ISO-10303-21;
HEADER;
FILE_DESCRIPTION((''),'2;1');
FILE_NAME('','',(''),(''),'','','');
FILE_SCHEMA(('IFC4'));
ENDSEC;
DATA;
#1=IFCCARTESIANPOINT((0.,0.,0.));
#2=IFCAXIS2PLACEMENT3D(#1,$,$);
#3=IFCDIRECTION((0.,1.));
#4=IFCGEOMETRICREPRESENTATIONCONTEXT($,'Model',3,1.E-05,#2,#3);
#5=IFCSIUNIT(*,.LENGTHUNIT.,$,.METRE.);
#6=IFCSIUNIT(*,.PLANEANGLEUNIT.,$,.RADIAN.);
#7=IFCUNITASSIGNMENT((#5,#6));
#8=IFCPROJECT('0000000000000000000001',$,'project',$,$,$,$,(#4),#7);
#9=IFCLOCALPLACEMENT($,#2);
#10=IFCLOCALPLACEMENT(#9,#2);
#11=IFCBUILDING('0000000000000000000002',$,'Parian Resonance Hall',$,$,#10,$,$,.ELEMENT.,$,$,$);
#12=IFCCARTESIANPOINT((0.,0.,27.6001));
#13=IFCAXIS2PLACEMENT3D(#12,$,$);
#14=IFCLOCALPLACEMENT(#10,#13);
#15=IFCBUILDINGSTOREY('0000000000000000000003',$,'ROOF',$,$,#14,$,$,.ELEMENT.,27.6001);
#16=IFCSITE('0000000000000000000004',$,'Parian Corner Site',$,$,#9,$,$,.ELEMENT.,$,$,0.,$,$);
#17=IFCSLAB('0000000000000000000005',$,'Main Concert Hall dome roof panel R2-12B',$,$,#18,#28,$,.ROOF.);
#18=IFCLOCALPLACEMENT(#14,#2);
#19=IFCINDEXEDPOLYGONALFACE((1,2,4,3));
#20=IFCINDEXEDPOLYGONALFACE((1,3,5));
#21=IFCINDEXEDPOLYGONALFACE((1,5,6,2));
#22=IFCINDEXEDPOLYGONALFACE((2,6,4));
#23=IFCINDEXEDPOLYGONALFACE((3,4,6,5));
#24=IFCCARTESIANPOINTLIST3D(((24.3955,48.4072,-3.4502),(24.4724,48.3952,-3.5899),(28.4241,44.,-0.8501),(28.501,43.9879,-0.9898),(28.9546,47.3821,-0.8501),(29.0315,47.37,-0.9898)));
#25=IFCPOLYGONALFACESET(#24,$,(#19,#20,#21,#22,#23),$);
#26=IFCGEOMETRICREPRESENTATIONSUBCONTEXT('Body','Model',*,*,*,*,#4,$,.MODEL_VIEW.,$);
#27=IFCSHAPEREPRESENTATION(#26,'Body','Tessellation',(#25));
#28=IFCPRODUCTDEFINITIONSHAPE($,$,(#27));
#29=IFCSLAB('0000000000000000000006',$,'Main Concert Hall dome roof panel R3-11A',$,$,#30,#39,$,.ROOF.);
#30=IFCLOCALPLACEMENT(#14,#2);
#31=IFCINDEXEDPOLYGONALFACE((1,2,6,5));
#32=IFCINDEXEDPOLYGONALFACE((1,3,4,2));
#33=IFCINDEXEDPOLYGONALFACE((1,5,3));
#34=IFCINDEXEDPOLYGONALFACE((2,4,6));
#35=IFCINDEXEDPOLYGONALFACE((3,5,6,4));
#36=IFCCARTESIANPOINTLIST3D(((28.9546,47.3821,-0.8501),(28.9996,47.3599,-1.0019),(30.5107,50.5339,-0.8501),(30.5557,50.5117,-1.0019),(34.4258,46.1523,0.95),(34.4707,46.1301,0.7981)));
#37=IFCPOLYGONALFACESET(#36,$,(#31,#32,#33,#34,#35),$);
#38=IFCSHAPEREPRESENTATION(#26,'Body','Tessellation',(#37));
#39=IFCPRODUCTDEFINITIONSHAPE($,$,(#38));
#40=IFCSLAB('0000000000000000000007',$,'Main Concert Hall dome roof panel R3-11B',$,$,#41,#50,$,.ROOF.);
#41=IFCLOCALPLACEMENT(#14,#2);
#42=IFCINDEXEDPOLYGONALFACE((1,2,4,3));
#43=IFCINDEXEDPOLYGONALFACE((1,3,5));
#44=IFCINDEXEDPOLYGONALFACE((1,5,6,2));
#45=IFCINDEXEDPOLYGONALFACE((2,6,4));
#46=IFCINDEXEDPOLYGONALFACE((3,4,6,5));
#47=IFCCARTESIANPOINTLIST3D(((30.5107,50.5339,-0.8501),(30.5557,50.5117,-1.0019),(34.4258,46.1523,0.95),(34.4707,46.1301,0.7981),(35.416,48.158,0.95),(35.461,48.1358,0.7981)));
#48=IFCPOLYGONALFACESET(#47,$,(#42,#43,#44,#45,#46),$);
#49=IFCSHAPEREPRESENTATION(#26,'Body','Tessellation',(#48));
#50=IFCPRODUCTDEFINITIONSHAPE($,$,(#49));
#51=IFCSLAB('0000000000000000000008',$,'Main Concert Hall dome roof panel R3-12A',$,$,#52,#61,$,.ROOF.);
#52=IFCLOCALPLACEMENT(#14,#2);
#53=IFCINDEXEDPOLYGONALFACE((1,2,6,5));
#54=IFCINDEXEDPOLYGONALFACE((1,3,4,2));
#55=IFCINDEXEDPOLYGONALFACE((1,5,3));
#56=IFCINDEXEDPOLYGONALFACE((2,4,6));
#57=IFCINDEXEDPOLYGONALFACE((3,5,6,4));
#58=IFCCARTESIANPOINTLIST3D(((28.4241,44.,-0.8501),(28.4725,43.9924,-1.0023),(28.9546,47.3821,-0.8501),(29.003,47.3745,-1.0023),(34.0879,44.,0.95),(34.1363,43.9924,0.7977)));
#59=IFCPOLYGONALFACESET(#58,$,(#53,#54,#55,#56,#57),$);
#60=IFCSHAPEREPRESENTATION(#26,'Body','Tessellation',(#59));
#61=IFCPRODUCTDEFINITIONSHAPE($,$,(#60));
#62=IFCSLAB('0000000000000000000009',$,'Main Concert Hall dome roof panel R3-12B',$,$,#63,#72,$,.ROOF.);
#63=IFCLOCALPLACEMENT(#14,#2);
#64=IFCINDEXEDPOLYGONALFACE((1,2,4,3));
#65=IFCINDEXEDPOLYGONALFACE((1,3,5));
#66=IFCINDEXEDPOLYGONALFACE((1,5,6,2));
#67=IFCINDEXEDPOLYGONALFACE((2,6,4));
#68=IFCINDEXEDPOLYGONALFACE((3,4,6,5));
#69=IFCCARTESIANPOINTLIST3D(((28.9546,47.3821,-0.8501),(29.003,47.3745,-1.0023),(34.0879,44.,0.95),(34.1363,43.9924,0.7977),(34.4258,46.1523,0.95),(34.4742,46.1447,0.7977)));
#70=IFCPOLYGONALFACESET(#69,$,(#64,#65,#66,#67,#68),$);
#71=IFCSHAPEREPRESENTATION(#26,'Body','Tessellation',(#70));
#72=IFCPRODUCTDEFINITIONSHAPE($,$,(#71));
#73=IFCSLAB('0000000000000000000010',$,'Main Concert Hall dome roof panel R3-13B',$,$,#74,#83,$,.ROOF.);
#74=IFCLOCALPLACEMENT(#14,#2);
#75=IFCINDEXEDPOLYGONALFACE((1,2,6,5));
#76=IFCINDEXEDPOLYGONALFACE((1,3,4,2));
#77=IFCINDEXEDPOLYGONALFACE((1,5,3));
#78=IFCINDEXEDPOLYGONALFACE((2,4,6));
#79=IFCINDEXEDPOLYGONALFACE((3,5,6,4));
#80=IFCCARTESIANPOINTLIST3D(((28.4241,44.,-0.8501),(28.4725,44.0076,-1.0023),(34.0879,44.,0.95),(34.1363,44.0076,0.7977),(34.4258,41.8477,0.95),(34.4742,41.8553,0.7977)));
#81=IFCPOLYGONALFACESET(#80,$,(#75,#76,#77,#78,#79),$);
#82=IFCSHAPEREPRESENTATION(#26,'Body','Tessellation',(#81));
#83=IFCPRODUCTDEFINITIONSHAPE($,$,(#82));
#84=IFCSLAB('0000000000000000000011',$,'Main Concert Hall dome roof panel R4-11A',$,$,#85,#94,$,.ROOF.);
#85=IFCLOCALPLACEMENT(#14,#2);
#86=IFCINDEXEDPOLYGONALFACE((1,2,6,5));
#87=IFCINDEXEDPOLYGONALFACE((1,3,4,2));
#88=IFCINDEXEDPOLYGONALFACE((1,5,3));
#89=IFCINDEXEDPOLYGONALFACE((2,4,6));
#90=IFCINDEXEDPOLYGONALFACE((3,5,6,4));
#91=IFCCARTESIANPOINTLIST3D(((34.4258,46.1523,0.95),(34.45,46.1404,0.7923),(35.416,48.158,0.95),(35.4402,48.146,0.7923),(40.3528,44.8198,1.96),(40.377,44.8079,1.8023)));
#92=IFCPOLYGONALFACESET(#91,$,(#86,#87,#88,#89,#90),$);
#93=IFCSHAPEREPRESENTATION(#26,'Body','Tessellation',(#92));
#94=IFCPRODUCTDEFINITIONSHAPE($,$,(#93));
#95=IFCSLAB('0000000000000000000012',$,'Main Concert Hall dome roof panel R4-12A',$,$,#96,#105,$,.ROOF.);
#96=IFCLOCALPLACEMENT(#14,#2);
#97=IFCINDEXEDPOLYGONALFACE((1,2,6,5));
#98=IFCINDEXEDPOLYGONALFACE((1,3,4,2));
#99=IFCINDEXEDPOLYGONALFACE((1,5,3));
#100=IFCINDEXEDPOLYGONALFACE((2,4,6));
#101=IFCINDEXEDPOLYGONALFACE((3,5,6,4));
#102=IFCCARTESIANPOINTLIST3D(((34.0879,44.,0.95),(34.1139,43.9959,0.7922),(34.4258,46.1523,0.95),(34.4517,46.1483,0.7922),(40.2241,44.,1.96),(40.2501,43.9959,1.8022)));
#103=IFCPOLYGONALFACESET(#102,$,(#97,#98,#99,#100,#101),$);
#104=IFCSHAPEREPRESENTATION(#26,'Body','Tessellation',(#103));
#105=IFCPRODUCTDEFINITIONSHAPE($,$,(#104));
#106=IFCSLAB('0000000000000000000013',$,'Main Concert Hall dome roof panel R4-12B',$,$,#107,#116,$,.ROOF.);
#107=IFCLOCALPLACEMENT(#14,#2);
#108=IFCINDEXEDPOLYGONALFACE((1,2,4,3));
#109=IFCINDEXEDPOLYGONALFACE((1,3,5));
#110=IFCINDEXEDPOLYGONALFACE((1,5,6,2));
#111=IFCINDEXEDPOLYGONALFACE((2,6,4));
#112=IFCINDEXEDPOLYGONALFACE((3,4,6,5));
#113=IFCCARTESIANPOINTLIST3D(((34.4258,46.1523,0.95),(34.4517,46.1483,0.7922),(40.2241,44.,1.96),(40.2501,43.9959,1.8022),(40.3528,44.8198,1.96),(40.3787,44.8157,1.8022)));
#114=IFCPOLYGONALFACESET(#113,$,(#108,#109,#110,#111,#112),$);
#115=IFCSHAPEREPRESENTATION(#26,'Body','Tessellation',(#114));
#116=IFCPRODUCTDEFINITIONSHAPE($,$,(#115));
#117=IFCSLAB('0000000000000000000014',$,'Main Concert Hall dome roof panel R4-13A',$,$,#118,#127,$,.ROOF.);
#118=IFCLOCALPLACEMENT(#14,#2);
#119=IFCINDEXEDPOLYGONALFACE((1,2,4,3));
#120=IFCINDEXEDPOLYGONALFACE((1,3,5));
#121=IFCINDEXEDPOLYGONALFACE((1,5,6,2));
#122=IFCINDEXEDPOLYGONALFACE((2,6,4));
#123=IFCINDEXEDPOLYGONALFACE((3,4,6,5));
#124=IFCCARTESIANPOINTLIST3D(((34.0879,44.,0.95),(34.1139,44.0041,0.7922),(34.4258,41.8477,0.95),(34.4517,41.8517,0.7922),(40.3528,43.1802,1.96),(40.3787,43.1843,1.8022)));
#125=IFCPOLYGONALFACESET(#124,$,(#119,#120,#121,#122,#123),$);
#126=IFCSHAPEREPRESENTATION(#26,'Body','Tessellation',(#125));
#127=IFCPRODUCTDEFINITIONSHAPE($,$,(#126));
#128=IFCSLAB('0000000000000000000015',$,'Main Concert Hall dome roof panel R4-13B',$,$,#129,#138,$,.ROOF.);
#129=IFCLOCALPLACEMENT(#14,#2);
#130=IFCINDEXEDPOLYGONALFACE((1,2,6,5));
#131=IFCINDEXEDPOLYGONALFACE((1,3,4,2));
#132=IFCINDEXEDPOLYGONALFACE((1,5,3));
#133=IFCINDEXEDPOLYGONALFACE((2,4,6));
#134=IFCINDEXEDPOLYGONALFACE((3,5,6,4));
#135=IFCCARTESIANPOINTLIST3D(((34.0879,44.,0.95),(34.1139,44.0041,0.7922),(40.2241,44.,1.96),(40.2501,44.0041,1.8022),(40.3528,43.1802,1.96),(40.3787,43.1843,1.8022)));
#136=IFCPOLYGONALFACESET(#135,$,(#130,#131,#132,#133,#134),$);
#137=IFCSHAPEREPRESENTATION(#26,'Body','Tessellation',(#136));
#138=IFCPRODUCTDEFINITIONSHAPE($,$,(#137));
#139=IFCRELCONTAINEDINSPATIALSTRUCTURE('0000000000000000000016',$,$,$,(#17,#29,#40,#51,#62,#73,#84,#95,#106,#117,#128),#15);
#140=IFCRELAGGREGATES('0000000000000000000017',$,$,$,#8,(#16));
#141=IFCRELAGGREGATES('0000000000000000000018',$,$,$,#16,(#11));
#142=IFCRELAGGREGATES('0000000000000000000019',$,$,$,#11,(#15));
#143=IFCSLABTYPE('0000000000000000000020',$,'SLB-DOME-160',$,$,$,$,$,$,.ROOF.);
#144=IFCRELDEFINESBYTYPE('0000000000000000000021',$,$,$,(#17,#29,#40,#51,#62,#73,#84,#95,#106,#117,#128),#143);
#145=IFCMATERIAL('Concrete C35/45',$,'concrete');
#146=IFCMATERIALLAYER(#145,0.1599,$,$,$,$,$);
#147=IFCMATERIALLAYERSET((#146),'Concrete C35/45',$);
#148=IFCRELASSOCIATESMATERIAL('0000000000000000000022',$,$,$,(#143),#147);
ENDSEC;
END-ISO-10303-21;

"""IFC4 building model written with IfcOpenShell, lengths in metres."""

from ifc_helpers import new_model, si_unit, direction, frame, origin, place, context, subcontext, project, spatial, polyline, outline, extrude, material, layer, layer_set, type_object, element, save


model = new_model("IFC4")

# Units and contexts
model_context = context("Model", 3, precision=1e-05, world=origin(), true_north=direction((0.0, 1.0)))
body_context = subcontext(model_context, "Body", "Model", "MODEL_VIEW")
ifc_project = project(units=[si_unit("LENGTHUNIT", "METRE"), si_unit("PLANEANGLEUNIT", "RADIAN")], contexts=[model_context])

# Site, building, storey
site_placement = place(None, origin())
site = spatial("IfcSite", under=ifc_project, at=site_placement, Name="Parian Corner Site", CompositionType="ELEMENT", RefElevation=0.0)
building_placement = place(site_placement, origin())
building = spatial("IfcBuilding", under=site, at=building_placement, Name="Parian Resonance Hall", CompositionType="ELEMENT")
storey_placement = place(building_placement, frame((0.0, 0.0, 27.6001)))
storey = spatial("IfcBuildingStorey", under=building, at=storey_placement, Name="ROOF", CompositionType="ELEMENT", Elevation=27.6001)

# Slabs
ifc_material_1 = material(Name="Concrete C35/45", Category="concrete")
ifc_layer_1 = layer(ifc_material_1, 0.1599)
ifc_layer_set_1 = layer_set([ifc_layer_1], Name="Concrete C35/45")
slab_type = type_object("IfcSlabType", Name="SLB-DOME-160", PredefinedType="ROOF", material=ifc_layer_set_1)
slab_1_placement = place(storey_placement, frame((24.3955, 48.4072, -3.4502), z_axis=(-0.481135, 0.075471, 0.873392), x_axis=(0.618584, -0.676727, 0.399243)))
element("IfcSlab", 1, at=slab_1_placement, inside=storey, type_object=slab_type, Name="Main Concert Hall dome roof panel R2-12B", PredefinedType="ROOF", context=body_context, shape_type="SweptSolid", body=[
    extrude(outline(polyline([(0.0, 0.0), (6.5126, 0.0), (4.552, 2.8064), (0.0, 0.0)])), origin(), (0.0, 0.0, -1.0), 0.1599),
])
slab_2_placement = place(storey_placement, frame((30.5107, 50.5339, -0.8501), z_axis=(-0.281202, 0.138837, 0.949553), x_axis=(-0.442707, -0.896666, 0.0)))
element("IfcSlab", 2, at=slab_2_placement, inside=storey, type_object=slab_type, Name="Main Concert Hall dome roof panel R3-11A", PredefinedType="ROOF", context=body_context, shape_type="SweptSolid", body=[
    extrude(outline(polyline([(0.0, 0.0), (3.5151, 0.0), (2.1956, 5.7398), (0.0, 0.0)])), origin(), (0.0, 0.0, -1.0), 0.1599),
])
slab_3_placement = place(storey_placement, frame((30.5107, 50.5339, -0.8501), z_axis=(-0.281201, 0.138838, 0.949553), x_axis=(0.637067, -0.712986, 0.29291)))
element("IfcSlab", 3, at=slab_3_placement, inside=storey, type_object=slab_type, Name="Main Concert Hall dome roof panel R3-11B", PredefinedType="ROOF", context=body_context, shape_type="SweptSolid", body=[
    extrude(outline(polyline([(0.0, 0.0), (6.1454, 0.0), (5.3463, 2.0891), (0.0, 0.0)])), origin(), (0.0, 0.0, -1.0), 0.1599),
])
slab_4_placement = place(storey_placement, frame((28.9546, 47.3821, -0.8501), z_axis=(-0.302545, 0.047458, 0.951953), x_axis=(-0.154966, -0.98792, 0.0)))
element("IfcSlab", 4, at=slab_4_placement, inside=storey, type_object=slab_type, Name="Main Concert Hall dome roof panel R3-12A", PredefinedType="ROOF", context=body_context, shape_type="SweptSolid", body=[
    extrude(outline(polyline([(0.0, 0.0), (3.4234, 0.0), (2.5457, 5.8778), (0.0, 0.0)])), origin(), (0.0, 0.0, -1.0), 0.1599),
])
slab_5_placement = place(storey_placement, frame((28.9546, 47.3821, -0.8501), z_axis=(-0.302524, 0.047492, 0.951958), x_axis=(0.801399, -0.528003, 0.28102)))
element("IfcSlab", 5, at=slab_5_placement, inside=storey, type_object=slab_type, Name="Main Concert Hall dome roof panel R3-12B", PredefinedType="ROOF", context=body_context, shape_type="SweptSolid", body=[
    extrude(outline(polyline([(0.0, 0.0), (6.4054, 0.0), (5.5398, 1.9993), (0.0, 0.0)])), origin(), (0.0, 0.0, -1.0), 0.1599),
])
slab_6_placement = place(storey_placement, frame((28.4241, 44.0, -0.8501), z_axis=(-0.302545, -0.047496, 0.951951), x_axis=(0.905891, -0.324872, 0.271697)))
element("IfcSlab", 6, at=slab_6_placement, inside=storey, type_object=slab_type, Name="Main Concert Hall dome roof panel R3-13B", PredefinedType="ROOF", context=body_context, shape_type="SweptSolid", body=[
    extrude(outline(polyline([(0.0, 0.0), (6.6252, 0.0), (5.6199, 1.9329), (0.0, 0.0)])), origin(), (0.0, 0.0, -1.0), 0.1599),
])
slab_7_placement = place(storey_placement, frame((35.416, 48.158, 0.95), z_axis=(-0.151187, 0.074645, 0.985683), x_axis=(-0.442711, -0.896664, 0.0)))
element("IfcSlab", 7, at=slab_7_placement, inside=storey, type_object=slab_type, Name="Main Concert Hall dome roof panel R4-11A", PredefinedType="ROOF", context=body_context, shape_type="SweptSolid", body=[
    extrude(outline(polyline([(0.0, 0.0), (2.2368, 0.0), (0.8076, 5.9902), (0.0, 0.0)])), origin(), (0.0, 0.0, -1.0), 0.1599),
])
slab_8_placement = place(storey_placement, frame((34.4258, 46.1523, 0.95), z_axis=(-0.16236, 0.025488, 0.986402), x_axis=(-0.155088, -0.987901, 0.0)))
element("IfcSlab", 8, at=slab_8_placement, inside=storey, type_object=slab_type, Name="Main Concert Hall dome roof panel R4-12A", PredefinedType="ROOF", context=body_context, shape_type="SweptSolid", body=[
    extrude(outline(polyline([(0.0, 0.0), (2.1787, 0.0), (1.227, 6.1456), (0.0, 0.0)])), origin(), (0.0, 0.0, -1.0), 0.1599),
])
slab_9_placement = place(storey_placement, frame((34.4258, 46.1523, 0.95), z_axis=(-0.162362, 0.025481, 0.986402), x_axis=(0.925239, -0.343449, 0.161167)))
element("IfcSlab", 9, at=slab_9_placement, inside=storey, type_object=slab_type, Name="Main Concert Hall dome roof panel R4-12B", PredefinedType="ROOF", context=body_context, shape_type="SweptSolid", body=[
    extrude(outline(polyline([(0.0, 0.0), (6.2669, 0.0), (6.1043, 0.8138), (0.0, 0.0)])), origin(), (0.0, 0.0, -1.0), 0.1599),
])
slab_10_placement = place(storey_placement, frame((34.0879, 44.0, 0.95), z_axis=(-0.162361, -0.025489, 0.986402), x_axis=(0.155088, -0.987901, 0.0)))
element("IfcSlab", 10, at=slab_10_placement, inside=storey, type_object=slab_type, Name="Main Concert Hall dome roof panel R4-13A", PredefinedType="ROOF", context=body_context, shape_type="SweptSolid", body=[
    extrude(outline(polyline([(0.0, 0.0), (2.1787, 0.0), (1.7815, 6.1455), (0.0, 0.0)])), origin(), (0.0, 0.0, -1.0), 0.1599),
])
slab_11_placement = place(storey_placement, frame((34.0879, 44.0, 0.95), z_axis=(-0.16236, -0.025481, 0.986403), x_axis=(0.979115, -0.128127, 0.15785)))
element("IfcSlab", 11, at=slab_11_placement, inside=storey, type_object=slab_type, Name="Main Concert Hall dome roof panel R4-13B", PredefinedType="ROOF", context=body_context, shape_type="SweptSolid", body=[
    extrude(outline(polyline([(0.0, 0.0), (6.3985, 0.0), (6.1675, 0.7971), (0.0, 0.0)])), origin(), (0.0, 0.0, -1.0), 0.1599),
])

save(model, "model.ifc")
